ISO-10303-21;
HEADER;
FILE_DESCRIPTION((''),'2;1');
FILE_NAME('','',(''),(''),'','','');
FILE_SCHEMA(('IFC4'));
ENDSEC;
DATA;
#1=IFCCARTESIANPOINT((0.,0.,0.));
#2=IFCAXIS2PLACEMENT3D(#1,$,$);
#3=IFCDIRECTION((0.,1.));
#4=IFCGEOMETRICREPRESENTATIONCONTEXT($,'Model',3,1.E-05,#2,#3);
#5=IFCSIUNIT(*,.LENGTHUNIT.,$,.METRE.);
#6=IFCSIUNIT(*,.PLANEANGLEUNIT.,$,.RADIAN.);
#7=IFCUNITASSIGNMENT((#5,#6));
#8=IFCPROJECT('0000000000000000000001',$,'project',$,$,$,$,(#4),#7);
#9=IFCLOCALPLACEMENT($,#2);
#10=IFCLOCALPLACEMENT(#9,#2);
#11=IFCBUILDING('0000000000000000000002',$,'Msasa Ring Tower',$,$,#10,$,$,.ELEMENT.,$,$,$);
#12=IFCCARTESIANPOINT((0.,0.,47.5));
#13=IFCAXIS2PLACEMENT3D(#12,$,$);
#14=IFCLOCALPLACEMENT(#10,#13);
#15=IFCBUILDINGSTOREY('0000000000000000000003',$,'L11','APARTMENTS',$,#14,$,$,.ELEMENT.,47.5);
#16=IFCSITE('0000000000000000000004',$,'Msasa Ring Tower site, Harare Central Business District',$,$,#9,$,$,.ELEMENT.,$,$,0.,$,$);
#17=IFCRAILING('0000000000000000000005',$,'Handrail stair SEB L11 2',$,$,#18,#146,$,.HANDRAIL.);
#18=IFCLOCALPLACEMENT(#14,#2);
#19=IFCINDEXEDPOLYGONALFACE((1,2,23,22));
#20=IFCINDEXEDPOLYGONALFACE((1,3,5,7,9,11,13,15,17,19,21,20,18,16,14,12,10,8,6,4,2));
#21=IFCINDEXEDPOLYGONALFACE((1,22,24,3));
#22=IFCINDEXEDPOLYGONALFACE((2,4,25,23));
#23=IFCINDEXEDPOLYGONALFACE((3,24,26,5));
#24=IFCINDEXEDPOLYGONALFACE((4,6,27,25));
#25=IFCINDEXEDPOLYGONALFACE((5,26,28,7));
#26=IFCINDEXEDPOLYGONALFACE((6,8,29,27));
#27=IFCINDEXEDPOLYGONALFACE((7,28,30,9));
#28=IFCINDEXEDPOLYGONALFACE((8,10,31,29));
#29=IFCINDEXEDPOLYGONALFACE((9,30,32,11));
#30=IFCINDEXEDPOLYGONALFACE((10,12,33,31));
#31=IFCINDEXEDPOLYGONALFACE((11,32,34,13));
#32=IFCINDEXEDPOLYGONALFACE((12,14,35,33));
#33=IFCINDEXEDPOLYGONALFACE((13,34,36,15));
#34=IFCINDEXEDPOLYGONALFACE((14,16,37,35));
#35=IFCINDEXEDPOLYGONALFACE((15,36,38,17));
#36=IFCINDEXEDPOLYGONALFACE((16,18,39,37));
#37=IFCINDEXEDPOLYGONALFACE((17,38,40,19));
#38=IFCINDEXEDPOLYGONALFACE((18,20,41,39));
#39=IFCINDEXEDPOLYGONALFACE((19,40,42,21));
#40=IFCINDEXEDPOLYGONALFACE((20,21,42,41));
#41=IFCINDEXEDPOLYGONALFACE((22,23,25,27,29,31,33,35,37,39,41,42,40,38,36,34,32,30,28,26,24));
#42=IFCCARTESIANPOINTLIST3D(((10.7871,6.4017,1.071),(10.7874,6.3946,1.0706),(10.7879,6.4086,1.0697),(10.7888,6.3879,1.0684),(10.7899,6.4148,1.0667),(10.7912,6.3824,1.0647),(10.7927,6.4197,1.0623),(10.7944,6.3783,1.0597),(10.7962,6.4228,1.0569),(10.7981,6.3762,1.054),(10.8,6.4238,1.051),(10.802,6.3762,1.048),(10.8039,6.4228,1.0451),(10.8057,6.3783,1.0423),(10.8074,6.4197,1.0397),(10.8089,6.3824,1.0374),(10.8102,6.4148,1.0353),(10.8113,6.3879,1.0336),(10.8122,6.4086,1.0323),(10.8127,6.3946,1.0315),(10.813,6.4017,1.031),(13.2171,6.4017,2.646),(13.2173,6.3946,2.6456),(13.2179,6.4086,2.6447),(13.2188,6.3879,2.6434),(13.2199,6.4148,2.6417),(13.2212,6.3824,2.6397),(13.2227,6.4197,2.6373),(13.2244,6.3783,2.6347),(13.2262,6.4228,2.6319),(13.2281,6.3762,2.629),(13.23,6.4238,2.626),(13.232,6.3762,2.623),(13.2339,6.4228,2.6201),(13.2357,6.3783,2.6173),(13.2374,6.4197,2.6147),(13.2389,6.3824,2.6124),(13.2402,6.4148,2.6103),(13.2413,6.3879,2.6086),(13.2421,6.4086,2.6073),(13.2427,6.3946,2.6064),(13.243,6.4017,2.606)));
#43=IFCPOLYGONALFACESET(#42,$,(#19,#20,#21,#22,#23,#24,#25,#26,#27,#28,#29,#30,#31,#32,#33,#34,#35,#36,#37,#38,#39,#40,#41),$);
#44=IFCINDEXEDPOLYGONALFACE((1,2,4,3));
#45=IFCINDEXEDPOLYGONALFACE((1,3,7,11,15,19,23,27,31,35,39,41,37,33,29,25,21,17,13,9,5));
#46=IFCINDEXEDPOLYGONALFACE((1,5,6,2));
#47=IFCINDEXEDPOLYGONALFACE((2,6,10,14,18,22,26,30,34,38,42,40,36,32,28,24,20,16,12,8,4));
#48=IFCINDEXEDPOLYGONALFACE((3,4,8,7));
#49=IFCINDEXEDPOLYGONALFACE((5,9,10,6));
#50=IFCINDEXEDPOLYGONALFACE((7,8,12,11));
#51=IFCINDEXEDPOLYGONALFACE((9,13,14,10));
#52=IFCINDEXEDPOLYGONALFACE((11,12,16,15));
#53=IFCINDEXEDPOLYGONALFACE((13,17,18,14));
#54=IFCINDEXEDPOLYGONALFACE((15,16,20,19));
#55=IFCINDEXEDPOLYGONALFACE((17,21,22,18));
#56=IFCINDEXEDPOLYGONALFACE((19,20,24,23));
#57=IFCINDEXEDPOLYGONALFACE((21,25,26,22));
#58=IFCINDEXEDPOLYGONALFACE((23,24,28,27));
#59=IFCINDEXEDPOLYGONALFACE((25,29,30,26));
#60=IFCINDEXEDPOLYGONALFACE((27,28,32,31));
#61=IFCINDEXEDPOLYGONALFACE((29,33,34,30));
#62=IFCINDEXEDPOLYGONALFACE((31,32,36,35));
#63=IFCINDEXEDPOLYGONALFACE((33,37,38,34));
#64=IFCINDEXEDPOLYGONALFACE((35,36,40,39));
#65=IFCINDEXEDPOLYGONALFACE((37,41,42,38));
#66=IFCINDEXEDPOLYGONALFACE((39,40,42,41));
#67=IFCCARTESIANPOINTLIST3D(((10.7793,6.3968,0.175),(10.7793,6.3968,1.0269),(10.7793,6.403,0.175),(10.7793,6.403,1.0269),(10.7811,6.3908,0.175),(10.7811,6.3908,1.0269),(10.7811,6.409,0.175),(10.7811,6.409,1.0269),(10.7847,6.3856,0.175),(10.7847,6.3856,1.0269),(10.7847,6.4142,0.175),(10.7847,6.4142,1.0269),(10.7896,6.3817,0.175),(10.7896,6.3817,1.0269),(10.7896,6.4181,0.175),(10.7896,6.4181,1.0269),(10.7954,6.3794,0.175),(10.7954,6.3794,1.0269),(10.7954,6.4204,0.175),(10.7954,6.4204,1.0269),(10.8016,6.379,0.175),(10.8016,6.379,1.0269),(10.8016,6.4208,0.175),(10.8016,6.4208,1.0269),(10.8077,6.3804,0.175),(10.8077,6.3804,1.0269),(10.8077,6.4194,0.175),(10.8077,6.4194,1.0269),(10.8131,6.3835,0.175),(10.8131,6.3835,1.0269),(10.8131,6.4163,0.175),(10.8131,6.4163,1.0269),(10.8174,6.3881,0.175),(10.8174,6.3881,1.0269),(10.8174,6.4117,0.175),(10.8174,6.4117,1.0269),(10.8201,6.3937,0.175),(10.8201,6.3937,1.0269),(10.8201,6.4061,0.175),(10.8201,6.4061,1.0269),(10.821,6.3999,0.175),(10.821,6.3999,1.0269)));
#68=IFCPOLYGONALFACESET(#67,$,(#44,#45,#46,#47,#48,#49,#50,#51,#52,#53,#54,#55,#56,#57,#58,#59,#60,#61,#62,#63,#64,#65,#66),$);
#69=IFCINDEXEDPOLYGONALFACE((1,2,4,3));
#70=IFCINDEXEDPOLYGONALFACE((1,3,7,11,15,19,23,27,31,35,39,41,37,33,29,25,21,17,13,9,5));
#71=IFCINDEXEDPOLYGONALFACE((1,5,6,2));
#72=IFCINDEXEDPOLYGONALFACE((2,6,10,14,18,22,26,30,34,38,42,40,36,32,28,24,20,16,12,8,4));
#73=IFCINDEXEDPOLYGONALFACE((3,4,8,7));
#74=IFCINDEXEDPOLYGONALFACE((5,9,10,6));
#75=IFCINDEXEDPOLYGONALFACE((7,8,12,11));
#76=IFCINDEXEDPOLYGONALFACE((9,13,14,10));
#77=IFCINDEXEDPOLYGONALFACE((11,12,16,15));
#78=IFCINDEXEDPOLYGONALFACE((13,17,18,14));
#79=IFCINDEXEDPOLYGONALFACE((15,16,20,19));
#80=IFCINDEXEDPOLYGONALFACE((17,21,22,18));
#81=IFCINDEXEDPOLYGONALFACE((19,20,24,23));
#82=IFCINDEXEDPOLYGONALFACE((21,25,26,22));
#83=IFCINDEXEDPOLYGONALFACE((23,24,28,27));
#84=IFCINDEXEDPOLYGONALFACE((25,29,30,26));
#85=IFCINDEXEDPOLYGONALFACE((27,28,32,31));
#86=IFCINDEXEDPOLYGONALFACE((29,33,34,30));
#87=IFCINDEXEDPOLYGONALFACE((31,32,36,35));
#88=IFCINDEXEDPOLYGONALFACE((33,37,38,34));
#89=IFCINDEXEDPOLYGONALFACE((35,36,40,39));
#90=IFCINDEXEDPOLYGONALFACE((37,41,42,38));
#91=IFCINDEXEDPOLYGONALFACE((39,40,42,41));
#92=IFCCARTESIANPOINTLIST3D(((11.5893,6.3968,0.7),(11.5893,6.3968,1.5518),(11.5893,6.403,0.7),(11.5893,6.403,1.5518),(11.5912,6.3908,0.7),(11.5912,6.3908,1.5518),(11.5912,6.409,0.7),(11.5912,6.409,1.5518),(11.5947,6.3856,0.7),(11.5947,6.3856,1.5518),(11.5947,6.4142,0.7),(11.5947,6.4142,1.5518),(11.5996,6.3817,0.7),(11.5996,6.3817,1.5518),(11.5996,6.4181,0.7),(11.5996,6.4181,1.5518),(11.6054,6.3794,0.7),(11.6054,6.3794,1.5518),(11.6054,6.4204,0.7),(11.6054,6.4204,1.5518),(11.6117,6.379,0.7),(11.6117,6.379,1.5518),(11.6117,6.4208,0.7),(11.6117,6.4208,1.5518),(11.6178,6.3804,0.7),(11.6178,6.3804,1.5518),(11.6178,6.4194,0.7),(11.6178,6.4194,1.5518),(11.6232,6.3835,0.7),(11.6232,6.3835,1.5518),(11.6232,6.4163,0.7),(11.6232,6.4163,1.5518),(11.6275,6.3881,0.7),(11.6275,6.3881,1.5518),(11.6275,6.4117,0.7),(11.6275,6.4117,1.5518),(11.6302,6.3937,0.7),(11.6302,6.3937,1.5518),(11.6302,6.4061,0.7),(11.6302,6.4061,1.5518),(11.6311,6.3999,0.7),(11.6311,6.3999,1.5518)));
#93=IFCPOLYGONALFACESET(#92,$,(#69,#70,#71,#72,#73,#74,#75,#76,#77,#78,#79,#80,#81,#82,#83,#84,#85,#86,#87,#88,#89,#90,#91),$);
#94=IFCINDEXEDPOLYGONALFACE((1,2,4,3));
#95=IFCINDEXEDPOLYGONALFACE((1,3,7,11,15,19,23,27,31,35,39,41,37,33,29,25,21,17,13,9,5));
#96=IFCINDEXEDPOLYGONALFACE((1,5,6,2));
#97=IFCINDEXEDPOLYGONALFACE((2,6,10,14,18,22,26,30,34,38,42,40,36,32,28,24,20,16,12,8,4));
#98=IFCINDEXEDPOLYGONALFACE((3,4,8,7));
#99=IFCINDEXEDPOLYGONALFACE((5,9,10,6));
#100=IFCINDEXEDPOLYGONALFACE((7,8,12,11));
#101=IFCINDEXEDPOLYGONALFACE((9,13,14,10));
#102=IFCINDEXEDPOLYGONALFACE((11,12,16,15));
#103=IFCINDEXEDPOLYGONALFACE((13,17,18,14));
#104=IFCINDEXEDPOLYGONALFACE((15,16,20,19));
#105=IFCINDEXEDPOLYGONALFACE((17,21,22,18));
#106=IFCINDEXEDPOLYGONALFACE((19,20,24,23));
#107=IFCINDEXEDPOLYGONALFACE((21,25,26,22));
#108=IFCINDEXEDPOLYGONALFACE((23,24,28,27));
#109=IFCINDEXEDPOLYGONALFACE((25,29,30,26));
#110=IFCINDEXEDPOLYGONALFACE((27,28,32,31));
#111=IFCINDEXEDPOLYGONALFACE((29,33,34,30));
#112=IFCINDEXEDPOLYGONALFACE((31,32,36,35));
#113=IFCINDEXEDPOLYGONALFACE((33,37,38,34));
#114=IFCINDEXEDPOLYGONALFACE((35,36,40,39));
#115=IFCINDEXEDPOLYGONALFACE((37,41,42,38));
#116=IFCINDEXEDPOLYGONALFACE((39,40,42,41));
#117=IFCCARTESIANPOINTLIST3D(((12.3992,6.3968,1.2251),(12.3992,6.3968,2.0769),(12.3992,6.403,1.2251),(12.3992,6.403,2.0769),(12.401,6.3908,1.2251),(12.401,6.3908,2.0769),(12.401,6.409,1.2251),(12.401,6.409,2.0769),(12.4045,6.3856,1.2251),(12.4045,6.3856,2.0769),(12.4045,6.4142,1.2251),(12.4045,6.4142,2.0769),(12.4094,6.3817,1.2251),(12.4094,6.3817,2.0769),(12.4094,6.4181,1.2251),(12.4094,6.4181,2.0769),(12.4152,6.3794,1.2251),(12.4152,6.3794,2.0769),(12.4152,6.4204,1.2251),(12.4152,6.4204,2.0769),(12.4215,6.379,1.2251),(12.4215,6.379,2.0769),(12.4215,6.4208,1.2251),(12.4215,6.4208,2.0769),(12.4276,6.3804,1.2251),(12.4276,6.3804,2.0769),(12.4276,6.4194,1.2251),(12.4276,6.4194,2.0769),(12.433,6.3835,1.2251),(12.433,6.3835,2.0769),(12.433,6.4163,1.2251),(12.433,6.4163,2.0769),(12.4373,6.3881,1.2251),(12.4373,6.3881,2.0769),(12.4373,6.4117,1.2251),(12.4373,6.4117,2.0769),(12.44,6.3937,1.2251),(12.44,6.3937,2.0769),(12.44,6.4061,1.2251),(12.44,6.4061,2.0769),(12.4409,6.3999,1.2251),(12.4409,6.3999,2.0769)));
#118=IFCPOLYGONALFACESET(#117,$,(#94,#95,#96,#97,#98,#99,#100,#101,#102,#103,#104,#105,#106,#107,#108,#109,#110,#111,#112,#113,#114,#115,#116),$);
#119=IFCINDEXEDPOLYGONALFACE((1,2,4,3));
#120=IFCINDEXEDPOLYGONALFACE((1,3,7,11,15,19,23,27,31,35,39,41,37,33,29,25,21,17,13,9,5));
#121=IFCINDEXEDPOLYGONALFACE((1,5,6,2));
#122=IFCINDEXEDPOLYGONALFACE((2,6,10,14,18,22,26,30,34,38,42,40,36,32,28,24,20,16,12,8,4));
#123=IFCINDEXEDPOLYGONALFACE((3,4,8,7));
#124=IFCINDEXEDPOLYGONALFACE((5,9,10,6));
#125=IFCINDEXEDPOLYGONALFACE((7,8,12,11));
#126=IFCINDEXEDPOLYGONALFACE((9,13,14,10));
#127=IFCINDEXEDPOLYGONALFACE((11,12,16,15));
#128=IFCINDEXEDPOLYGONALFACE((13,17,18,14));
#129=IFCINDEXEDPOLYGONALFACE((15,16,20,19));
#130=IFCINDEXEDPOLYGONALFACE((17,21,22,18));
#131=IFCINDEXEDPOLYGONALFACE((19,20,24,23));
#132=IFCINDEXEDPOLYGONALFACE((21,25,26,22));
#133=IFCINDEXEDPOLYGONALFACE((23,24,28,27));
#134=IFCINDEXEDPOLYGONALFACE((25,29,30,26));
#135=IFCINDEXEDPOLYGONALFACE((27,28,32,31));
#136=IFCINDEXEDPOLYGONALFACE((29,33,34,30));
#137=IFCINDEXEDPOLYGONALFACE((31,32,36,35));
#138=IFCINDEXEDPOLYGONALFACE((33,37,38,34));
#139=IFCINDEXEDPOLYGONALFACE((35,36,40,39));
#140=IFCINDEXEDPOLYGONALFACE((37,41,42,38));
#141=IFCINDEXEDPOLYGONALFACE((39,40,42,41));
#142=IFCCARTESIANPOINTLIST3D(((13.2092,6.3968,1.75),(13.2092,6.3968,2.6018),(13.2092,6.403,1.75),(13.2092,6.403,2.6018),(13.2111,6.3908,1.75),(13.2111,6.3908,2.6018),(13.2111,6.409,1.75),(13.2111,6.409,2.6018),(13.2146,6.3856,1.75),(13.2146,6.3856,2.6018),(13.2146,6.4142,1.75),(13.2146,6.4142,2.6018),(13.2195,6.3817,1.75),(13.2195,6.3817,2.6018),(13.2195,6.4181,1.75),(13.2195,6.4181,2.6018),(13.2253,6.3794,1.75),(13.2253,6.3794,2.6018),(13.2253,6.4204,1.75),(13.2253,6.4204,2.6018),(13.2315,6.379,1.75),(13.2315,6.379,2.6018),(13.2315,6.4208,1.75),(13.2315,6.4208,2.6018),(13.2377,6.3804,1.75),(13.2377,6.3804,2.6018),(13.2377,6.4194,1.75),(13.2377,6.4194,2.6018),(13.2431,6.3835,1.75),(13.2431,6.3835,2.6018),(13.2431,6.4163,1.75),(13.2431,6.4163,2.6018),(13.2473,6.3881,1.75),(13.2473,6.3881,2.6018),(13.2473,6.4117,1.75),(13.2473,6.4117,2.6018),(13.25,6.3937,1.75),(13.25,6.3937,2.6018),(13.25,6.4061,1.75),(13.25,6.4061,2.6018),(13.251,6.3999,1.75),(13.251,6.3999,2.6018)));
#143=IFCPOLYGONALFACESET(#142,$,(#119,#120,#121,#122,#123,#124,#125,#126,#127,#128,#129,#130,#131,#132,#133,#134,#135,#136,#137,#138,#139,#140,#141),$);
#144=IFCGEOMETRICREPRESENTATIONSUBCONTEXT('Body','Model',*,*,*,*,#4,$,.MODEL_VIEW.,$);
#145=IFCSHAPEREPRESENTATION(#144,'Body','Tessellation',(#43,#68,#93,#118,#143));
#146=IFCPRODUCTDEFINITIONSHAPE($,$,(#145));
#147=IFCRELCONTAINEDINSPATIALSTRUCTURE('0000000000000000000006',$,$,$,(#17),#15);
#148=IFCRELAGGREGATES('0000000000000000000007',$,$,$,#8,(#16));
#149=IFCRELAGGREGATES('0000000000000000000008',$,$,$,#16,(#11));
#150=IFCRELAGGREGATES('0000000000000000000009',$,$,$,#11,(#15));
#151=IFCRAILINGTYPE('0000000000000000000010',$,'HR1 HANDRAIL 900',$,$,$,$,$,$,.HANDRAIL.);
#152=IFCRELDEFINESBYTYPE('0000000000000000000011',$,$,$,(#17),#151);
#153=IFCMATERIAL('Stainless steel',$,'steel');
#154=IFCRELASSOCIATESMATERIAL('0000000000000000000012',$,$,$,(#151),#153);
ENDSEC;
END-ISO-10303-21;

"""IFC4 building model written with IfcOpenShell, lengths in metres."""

from ifc_helpers import new_model, si_unit, direction, frame, origin, origin_2d, place, context, subcontext, project, spatial, circle, extrude, material, type_object, element, save


model = new_model("IFC4")

# Units and contexts
model_context = context("Model", 3, precision=1e-05, world=origin(), true_north=direction((0.0, 1.0)))
body_context = subcontext(model_context, "Body", "Model", "MODEL_VIEW")
ifc_project = project(units=[si_unit("LENGTHUNIT", "METRE"), si_unit("PLANEANGLEUNIT", "RADIAN")], contexts=[model_context])

# Site, building, storey
site_placement = place(None, origin())
site = spatial("IfcSite", under=ifc_project, at=site_placement, Name="Msasa Ring Tower site, Harare Central Business District", CompositionType="ELEMENT", RefElevation=0.0)
building_placement = place(site_placement, origin())
building = spatial("IfcBuilding", under=site, at=building_placement, Name="Msasa Ring Tower", CompositionType="ELEMENT")
storey_placement = place(building_placement, frame((0.0, 0.0, 47.5)))
storey = spatial("IfcBuildingStorey", under=building, at=storey_placement, Name="L11", Description="APARTMENTS", CompositionType="ELEMENT", Elevation=47.5)

# Railing
ifc_material_1 = material(Name="Stainless steel", Category="steel")
railing_type = type_object("IfcRailingType", Name="HR1 HANDRAIL 900", PredefinedType="HANDRAIL", material=ifc_material_1)
for number, where, name in (
    (1, (10.8, 6.3999, 0.175), "Handrail stair SEB L11 2"),
):
    element("IfcRailing", number, at=place(storey_placement, frame(where)), inside=storey, type_object=railing_type, Name=name, PredefinedType="HANDRAIL", context=body_context, shape_type="SweptSolid", body=[
        extrude(circle(Radius=0.0239, at=origin_2d()), frame((0.0, 0.0, 0.876), z_axis=(0.839154, 0.0, 0.543894), x_axis=(0.0, 1.0, 0.0)), (0.0, 0.0, 1.0), 2.8958),
        extrude(circle(Radius=0.021, at=origin_2d()), origin(), (0.0, 0.0, 1.0), 0.8518),
        extrude(circle(Radius=0.021, at=origin_2d()), frame((0.8101, 0.0, 0.5249)), (0.0, 0.0, 1.0), 0.8518),
        extrude(circle(Radius=0.021, at=origin_2d()), frame((1.6199, 0.0, 1.05)), (0.0, 0.0, 1.0), 0.8518),
        extrude(circle(Radius=0.021, at=origin_2d()), frame((2.4299, 0.0, 1.575)), (0.0, 0.0, 1.0), 0.8518),
    ])

save(model, "model.ifc")
